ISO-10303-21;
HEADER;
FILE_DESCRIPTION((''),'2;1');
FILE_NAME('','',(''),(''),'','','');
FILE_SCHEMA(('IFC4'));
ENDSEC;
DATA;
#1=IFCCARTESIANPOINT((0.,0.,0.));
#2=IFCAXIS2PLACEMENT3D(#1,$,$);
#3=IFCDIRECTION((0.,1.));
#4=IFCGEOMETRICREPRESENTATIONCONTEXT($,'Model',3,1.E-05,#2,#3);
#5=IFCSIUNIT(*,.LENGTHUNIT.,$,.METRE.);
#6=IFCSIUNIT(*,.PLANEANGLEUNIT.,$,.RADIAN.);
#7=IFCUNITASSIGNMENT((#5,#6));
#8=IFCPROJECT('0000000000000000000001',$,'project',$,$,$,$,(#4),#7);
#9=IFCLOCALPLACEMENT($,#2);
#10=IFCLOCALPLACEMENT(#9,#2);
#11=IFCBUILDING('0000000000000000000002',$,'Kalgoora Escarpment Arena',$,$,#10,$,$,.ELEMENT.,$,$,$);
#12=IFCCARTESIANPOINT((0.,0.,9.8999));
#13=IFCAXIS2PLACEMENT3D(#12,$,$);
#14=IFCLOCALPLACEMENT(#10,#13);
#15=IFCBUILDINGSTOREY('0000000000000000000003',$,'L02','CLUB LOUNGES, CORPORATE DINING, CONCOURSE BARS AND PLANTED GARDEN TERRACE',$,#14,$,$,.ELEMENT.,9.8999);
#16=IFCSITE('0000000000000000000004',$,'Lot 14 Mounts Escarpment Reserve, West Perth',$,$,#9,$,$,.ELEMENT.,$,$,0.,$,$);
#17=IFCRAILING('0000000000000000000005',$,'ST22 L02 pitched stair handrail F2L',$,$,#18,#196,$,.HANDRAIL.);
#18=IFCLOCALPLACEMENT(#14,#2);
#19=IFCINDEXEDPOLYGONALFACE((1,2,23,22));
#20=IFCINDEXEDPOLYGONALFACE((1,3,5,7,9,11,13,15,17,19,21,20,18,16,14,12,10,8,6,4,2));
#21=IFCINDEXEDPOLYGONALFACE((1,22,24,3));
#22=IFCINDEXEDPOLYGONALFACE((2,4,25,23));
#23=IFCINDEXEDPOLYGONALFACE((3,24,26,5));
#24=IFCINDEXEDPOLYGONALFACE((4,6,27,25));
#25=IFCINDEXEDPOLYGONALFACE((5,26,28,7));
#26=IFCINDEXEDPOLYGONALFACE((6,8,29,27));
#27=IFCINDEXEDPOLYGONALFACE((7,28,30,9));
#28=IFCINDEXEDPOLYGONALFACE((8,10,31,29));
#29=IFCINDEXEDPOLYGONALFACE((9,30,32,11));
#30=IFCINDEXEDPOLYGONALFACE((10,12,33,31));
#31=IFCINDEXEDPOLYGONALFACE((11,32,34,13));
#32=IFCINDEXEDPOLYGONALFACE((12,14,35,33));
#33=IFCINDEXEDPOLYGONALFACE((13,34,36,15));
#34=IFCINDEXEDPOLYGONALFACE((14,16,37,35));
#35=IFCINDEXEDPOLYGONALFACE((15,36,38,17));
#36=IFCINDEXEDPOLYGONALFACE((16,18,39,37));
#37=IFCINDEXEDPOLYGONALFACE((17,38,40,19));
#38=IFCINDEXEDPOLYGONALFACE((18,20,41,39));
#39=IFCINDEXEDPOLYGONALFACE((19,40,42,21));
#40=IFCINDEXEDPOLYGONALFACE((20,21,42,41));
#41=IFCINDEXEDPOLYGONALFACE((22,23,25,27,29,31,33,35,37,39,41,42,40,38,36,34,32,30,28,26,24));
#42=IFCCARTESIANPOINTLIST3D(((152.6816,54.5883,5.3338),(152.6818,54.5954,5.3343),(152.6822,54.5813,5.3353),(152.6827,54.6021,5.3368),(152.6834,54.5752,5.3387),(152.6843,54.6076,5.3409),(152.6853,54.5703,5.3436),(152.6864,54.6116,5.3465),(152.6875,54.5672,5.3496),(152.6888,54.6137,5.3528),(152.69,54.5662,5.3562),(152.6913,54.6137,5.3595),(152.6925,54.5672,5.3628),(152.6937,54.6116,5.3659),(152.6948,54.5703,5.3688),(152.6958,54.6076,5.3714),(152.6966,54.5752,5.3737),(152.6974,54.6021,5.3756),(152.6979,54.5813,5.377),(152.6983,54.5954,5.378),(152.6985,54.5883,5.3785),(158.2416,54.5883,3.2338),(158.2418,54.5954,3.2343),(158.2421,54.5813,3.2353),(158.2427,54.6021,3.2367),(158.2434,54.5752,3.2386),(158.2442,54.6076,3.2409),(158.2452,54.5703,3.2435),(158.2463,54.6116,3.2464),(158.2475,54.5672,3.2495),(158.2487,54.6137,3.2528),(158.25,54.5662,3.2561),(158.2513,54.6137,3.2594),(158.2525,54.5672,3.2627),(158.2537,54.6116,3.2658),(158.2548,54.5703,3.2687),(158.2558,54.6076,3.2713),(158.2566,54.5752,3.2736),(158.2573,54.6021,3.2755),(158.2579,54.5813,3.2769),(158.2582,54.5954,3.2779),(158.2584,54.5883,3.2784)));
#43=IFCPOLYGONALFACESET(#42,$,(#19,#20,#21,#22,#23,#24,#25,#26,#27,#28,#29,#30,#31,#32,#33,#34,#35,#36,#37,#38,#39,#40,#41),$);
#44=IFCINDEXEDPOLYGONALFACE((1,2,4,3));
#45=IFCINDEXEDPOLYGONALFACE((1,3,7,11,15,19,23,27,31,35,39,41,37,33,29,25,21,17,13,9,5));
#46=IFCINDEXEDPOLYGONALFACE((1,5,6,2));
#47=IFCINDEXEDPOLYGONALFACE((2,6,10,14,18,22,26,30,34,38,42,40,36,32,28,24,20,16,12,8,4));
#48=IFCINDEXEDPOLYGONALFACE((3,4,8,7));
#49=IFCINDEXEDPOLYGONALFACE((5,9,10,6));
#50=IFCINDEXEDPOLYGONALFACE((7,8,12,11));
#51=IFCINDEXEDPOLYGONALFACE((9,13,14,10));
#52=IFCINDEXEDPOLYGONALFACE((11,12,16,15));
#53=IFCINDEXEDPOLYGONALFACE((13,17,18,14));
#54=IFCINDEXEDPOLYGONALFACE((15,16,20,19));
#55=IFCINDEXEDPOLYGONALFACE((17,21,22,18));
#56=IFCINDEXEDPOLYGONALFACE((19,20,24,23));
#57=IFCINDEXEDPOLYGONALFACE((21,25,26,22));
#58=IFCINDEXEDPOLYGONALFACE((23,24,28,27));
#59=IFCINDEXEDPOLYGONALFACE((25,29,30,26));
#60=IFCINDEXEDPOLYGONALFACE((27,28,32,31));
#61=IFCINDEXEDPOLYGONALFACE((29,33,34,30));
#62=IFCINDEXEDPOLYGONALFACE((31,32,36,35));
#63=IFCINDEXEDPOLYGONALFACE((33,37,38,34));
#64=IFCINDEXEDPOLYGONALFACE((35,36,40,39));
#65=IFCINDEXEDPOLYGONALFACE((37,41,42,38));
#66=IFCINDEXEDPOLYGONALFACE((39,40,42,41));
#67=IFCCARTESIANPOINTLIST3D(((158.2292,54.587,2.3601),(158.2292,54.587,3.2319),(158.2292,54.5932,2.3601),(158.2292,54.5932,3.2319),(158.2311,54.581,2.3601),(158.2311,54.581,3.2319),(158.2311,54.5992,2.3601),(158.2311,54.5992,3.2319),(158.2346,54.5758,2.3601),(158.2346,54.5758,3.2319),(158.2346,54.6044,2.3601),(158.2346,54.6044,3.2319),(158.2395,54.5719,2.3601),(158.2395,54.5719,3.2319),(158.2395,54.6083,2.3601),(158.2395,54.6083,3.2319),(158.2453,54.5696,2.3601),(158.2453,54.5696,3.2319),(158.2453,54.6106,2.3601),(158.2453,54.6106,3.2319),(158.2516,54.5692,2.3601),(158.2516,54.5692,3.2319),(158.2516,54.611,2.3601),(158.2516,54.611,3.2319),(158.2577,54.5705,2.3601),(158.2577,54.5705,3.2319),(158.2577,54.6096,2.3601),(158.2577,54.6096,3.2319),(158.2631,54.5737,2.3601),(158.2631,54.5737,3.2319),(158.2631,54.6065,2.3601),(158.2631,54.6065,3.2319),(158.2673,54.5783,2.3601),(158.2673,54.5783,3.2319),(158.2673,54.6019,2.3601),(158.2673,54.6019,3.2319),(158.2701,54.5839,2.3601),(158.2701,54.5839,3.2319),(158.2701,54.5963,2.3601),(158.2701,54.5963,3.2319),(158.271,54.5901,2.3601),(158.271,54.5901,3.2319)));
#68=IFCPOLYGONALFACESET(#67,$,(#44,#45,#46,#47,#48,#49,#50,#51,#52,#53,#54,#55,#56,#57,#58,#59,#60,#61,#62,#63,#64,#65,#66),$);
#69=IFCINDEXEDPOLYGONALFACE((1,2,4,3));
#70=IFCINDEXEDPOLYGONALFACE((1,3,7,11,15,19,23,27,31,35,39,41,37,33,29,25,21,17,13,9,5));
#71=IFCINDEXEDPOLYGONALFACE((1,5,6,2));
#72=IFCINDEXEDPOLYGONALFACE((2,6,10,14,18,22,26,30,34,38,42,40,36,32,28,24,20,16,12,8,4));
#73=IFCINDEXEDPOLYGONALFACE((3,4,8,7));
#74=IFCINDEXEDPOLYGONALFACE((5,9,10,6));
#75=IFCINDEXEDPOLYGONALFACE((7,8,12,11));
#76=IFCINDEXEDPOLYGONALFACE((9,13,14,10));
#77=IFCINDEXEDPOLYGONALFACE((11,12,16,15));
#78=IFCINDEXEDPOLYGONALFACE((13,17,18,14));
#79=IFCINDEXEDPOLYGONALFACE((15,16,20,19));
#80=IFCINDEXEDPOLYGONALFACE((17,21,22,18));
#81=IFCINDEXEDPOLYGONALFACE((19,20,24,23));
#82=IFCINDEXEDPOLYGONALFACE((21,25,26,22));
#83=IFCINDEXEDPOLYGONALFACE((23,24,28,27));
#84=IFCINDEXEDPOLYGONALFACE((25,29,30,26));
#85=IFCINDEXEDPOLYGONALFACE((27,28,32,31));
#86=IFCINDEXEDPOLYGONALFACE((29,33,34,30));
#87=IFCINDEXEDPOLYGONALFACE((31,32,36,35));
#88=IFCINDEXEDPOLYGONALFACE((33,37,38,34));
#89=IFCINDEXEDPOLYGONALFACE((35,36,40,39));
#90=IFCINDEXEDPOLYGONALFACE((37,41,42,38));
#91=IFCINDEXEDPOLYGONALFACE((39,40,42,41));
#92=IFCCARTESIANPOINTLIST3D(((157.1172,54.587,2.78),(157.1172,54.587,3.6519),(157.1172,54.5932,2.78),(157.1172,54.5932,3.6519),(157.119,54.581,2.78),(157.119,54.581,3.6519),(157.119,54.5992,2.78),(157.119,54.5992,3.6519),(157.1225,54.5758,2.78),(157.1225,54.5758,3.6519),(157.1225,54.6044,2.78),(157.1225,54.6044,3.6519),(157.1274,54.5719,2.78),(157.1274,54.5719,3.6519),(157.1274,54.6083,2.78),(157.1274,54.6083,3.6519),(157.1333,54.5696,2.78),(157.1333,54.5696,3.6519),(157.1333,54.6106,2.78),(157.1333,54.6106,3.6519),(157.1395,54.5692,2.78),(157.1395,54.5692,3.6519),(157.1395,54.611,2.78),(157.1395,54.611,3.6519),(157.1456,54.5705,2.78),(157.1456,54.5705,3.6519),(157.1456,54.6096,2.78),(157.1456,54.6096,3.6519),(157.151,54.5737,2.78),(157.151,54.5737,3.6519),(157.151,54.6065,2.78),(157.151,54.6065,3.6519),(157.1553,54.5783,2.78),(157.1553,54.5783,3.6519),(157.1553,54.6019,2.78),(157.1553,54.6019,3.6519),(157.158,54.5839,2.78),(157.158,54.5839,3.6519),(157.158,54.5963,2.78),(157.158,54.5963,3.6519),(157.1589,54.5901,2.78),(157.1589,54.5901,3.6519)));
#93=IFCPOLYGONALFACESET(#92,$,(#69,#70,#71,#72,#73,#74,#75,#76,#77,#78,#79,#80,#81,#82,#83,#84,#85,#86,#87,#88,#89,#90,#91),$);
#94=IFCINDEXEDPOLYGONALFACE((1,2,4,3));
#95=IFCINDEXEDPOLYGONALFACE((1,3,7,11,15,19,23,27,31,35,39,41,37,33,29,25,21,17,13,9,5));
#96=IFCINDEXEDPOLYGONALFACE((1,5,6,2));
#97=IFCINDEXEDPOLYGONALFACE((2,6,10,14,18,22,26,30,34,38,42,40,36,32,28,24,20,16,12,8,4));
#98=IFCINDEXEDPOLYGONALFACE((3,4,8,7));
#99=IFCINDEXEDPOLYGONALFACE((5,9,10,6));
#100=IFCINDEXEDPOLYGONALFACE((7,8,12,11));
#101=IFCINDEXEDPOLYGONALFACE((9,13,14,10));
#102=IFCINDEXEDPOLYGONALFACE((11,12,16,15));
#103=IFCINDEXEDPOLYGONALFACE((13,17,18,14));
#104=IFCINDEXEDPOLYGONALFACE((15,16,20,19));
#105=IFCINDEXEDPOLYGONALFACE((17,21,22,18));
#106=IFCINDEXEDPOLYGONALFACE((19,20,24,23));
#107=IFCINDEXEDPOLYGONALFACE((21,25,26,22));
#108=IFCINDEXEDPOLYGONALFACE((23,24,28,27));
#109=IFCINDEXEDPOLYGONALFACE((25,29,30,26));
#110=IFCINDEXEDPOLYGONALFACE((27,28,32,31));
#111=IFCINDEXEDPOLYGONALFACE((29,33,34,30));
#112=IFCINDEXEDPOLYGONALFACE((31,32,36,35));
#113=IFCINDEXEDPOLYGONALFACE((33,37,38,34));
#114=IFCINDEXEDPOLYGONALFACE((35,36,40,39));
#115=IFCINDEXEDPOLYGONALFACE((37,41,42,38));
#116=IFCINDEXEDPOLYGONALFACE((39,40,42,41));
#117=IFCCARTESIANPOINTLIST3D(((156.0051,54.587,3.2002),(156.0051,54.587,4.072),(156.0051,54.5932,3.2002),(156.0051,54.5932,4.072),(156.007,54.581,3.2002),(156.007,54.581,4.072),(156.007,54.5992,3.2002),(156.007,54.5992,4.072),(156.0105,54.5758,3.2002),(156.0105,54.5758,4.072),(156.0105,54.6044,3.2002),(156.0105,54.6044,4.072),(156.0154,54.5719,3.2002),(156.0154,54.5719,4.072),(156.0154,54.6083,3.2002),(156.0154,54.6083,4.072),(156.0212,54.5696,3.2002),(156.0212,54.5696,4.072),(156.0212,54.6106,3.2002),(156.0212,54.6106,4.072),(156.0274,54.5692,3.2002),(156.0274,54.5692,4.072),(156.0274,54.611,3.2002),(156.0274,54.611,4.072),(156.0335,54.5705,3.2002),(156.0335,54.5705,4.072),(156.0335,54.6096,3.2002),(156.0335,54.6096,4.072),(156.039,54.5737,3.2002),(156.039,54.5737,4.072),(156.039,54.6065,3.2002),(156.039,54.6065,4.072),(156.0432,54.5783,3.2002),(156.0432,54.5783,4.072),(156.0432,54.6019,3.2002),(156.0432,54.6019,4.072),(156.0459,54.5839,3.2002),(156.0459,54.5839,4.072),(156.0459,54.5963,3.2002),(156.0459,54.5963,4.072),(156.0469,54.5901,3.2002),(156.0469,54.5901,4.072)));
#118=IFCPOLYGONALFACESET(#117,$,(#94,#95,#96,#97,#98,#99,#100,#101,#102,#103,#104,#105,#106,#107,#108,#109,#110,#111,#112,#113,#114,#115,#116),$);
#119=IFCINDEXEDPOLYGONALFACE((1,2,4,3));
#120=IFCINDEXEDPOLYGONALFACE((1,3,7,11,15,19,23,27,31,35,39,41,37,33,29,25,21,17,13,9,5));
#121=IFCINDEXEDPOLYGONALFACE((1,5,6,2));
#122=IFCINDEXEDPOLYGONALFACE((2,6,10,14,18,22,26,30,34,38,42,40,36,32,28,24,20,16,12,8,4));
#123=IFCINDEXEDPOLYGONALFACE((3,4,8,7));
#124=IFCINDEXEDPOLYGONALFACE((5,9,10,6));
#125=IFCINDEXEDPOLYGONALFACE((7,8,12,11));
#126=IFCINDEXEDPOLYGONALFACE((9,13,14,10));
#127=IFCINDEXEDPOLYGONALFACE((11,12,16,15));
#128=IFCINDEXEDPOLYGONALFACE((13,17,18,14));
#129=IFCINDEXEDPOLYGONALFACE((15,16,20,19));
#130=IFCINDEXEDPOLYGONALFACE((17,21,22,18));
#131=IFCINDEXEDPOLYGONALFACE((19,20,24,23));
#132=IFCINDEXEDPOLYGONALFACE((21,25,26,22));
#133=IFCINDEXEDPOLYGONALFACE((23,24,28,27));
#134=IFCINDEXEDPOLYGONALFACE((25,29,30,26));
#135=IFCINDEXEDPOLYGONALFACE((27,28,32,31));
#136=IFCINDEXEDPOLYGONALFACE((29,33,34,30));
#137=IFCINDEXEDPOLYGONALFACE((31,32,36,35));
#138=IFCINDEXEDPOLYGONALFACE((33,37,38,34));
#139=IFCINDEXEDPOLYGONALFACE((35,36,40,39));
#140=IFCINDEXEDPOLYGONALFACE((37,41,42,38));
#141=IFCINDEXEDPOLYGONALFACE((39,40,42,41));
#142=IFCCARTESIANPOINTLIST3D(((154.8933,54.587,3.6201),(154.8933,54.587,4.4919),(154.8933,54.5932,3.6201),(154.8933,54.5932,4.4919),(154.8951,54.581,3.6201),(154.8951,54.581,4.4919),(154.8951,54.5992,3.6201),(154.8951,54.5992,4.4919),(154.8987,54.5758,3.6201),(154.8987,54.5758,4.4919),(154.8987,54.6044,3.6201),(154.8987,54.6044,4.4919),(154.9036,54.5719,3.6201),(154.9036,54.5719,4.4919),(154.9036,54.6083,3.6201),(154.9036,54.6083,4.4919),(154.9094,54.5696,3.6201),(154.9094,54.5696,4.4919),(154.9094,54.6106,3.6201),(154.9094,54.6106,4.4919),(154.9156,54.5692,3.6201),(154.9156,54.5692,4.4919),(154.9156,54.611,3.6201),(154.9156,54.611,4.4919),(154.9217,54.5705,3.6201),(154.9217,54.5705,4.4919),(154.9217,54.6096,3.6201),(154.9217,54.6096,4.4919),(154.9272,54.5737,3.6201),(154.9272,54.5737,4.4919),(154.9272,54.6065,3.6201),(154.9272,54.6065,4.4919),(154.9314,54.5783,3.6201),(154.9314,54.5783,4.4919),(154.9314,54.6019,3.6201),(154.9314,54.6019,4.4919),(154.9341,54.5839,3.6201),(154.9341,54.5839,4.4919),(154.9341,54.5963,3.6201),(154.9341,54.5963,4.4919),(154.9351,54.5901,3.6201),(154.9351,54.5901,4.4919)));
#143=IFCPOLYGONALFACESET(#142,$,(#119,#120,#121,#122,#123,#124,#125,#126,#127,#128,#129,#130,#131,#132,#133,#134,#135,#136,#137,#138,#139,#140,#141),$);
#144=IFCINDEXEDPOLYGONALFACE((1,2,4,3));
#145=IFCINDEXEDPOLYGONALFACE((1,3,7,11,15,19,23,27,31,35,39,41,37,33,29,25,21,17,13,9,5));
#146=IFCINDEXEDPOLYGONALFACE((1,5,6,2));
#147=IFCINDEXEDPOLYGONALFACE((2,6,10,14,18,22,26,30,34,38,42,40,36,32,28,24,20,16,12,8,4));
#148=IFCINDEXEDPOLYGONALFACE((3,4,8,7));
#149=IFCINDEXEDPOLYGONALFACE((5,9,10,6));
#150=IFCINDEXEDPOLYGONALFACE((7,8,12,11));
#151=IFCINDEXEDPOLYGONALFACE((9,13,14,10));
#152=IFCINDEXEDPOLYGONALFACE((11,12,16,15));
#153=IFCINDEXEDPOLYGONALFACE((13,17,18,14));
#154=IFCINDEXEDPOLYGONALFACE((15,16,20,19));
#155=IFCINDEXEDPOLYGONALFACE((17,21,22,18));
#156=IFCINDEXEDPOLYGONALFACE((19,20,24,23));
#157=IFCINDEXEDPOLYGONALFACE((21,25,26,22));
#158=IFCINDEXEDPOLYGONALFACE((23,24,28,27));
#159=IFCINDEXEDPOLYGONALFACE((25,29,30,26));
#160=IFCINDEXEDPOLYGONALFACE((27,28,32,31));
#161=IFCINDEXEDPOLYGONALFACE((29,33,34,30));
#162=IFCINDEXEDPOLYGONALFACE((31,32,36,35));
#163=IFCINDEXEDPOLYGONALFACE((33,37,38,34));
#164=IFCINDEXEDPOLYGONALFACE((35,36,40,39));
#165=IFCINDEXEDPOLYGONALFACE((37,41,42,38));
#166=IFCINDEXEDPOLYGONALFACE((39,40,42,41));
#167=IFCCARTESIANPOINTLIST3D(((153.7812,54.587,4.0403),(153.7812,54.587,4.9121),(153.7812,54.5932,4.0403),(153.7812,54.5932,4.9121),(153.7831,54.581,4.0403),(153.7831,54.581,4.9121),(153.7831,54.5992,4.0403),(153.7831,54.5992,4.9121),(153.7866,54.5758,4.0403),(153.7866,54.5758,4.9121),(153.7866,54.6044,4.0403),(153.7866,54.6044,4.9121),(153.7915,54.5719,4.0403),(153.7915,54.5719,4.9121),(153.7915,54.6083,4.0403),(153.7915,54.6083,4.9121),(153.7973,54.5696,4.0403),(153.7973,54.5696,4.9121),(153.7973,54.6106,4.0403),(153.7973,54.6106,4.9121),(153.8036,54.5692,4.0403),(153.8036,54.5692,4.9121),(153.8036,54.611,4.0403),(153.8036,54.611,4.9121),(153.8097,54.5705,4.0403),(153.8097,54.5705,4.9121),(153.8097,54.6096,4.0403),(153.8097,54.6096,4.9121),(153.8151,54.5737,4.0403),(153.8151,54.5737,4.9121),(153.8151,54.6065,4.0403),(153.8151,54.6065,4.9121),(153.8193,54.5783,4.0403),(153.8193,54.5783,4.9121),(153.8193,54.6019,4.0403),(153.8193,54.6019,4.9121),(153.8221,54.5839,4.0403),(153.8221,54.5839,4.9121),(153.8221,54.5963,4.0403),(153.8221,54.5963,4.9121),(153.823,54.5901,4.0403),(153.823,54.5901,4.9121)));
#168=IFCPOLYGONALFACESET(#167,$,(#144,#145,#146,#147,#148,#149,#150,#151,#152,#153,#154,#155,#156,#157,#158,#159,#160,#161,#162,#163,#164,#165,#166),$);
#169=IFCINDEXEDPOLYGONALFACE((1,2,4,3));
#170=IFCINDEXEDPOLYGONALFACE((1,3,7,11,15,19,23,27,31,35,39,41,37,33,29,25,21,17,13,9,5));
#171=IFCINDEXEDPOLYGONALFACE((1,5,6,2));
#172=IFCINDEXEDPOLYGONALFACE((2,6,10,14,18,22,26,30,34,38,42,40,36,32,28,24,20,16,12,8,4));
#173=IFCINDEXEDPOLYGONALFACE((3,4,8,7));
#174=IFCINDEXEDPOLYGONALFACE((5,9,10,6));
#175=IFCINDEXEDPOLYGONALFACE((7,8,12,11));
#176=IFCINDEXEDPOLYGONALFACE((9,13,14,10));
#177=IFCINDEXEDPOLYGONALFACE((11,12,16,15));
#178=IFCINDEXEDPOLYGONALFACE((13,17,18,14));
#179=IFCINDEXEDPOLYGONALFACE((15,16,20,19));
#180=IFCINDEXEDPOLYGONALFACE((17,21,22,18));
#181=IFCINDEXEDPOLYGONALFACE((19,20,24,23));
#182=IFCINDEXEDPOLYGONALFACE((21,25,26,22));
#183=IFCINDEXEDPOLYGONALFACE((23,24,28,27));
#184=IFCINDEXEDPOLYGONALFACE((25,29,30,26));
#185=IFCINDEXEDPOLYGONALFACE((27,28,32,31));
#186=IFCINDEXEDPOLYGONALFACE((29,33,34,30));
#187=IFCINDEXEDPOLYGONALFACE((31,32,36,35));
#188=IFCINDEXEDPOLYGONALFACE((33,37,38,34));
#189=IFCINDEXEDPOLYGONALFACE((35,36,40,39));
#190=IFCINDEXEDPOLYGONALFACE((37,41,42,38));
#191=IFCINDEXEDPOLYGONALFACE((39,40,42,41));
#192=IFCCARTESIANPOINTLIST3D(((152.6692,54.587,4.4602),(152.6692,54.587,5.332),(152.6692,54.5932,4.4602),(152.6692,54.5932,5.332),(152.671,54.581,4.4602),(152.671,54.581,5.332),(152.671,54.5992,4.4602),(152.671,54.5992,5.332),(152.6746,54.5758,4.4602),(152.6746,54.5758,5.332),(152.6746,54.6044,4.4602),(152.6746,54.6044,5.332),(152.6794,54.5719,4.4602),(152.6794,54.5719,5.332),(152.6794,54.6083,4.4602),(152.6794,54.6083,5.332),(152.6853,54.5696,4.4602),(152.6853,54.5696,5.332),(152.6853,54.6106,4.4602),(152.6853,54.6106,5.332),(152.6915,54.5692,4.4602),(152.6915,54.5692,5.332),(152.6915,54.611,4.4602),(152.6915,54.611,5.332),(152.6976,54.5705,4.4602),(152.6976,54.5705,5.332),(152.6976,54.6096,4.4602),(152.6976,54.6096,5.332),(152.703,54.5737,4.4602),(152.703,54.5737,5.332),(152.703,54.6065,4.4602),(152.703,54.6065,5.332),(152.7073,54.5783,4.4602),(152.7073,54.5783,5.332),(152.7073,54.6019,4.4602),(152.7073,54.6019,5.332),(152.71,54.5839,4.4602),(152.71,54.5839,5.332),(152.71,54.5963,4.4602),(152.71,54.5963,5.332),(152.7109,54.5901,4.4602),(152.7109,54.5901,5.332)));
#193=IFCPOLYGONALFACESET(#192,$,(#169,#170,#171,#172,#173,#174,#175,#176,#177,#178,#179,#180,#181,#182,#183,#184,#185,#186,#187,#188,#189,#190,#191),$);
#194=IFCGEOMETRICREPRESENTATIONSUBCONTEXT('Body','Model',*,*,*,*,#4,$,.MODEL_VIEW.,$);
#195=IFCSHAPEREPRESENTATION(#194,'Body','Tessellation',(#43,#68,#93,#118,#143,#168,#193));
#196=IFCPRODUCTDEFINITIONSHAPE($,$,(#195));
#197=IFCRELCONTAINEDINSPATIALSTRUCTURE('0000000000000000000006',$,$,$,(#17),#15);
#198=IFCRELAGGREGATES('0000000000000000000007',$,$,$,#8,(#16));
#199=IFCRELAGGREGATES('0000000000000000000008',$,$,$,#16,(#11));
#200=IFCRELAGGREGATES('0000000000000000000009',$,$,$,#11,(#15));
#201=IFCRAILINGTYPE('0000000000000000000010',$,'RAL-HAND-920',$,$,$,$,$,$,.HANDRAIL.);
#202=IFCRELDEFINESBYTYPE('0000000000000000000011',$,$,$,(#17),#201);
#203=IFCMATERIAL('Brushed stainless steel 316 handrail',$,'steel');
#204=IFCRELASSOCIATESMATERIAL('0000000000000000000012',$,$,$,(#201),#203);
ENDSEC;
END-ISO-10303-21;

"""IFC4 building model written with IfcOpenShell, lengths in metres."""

from ifc_helpers import new_model, si_unit, direction, frame, origin, origin_2d, place, context, subcontext, project, spatial, circle, extrude, material, type_object, element, save


model = new_model("IFC4")

# Units and contexts
model_context = context("Model", 3, precision=1e-05, world=origin(), true_north=direction((0.0, 1.0)))
body_context = subcontext(model_context, "Body", "Model", "MODEL_VIEW")
ifc_project = project(units=[si_unit("LENGTHUNIT", "METRE"), si_unit("PLANEANGLEUNIT", "RADIAN")], contexts=[model_context])

# Site, building, storey
site_placement = place(None, origin())
site = spatial("IfcSite", under=ifc_project, at=site_placement, Name="Lot 14 Mounts Escarpment Reserve, West Perth", CompositionType="ELEMENT", RefElevation=0.0)
building_placement = place(site_placement, origin())
building = spatial("IfcBuilding", under=site, at=building_placement, Name="Kalgoora Escarpment Arena", CompositionType="ELEMENT")
storey_placement = place(building_placement, frame((0.0, 0.0, 9.8999)))
storey = spatial("IfcBuildingStorey", under=building, at=storey_placement, Name="L02", Description="CLUB LOUNGES, CORPORATE DINING, CONCOURSE BARS AND PLANTED GARDEN TERRACE", CompositionType="ELEMENT", Elevation=9.8999)

# Railing
ifc_material_1 = material(Name="Brushed stainless steel 316 handrail", Category="steel")
railing_type_1 = type_object("IfcRailingType", Name="RAL-HAND-920", PredefinedType="HANDRAIL", material=ifc_material_1)
railing_1_placement = place(storey_placement, frame((158.25, 54.5901, 2.3601)))
element("IfcRailing", 1, at=railing_1_placement, inside=storey, type_object=railing_type_1, Name="ST22 L02 pitched stair handrail F2L", PredefinedType="HANDRAIL", context=body_context, shape_type="SweptSolid", body=[
    extrude(circle(Radius=0.0239, at=origin_2d()), frame((0.0, 0.0, 0.896), z_axis=(-0.935493, 0.0, 0.353346), x_axis=(0.0, -1.0, 0.0)), (0.0, 0.0, 1.0), 5.9434),
    extrude(circle(Radius=0.021, at=origin_2d()), origin(), (0.0, 0.0, 1.0), 0.8718),
    extrude(circle(Radius=0.021, at=origin_2d()), frame((-1.1121, 0.0, 0.4199)), (0.0, 0.0, 1.0), 0.8718),
    extrude(circle(Radius=0.021, at=origin_2d()), frame((-2.2241, 0.0, 0.8401)), (0.0, 0.0, 1.0), 0.8718),
    extrude(circle(Radius=0.021, at=origin_2d()), frame((-3.3359, 0.0, 1.26)), (0.0, 0.0, 1.0), 0.8718),
    extrude(circle(Radius=0.021, at=origin_2d()), frame((-4.448, 0.0, 1.6802)), (0.0, 0.0, 1.0), 0.8718),
    extrude(circle(Radius=0.021, at=origin_2d()), frame((-5.5601, 0.0, 2.1001)), (0.0, 0.0, 1.0), 0.8718),
])

save(model, "model.ifc")
